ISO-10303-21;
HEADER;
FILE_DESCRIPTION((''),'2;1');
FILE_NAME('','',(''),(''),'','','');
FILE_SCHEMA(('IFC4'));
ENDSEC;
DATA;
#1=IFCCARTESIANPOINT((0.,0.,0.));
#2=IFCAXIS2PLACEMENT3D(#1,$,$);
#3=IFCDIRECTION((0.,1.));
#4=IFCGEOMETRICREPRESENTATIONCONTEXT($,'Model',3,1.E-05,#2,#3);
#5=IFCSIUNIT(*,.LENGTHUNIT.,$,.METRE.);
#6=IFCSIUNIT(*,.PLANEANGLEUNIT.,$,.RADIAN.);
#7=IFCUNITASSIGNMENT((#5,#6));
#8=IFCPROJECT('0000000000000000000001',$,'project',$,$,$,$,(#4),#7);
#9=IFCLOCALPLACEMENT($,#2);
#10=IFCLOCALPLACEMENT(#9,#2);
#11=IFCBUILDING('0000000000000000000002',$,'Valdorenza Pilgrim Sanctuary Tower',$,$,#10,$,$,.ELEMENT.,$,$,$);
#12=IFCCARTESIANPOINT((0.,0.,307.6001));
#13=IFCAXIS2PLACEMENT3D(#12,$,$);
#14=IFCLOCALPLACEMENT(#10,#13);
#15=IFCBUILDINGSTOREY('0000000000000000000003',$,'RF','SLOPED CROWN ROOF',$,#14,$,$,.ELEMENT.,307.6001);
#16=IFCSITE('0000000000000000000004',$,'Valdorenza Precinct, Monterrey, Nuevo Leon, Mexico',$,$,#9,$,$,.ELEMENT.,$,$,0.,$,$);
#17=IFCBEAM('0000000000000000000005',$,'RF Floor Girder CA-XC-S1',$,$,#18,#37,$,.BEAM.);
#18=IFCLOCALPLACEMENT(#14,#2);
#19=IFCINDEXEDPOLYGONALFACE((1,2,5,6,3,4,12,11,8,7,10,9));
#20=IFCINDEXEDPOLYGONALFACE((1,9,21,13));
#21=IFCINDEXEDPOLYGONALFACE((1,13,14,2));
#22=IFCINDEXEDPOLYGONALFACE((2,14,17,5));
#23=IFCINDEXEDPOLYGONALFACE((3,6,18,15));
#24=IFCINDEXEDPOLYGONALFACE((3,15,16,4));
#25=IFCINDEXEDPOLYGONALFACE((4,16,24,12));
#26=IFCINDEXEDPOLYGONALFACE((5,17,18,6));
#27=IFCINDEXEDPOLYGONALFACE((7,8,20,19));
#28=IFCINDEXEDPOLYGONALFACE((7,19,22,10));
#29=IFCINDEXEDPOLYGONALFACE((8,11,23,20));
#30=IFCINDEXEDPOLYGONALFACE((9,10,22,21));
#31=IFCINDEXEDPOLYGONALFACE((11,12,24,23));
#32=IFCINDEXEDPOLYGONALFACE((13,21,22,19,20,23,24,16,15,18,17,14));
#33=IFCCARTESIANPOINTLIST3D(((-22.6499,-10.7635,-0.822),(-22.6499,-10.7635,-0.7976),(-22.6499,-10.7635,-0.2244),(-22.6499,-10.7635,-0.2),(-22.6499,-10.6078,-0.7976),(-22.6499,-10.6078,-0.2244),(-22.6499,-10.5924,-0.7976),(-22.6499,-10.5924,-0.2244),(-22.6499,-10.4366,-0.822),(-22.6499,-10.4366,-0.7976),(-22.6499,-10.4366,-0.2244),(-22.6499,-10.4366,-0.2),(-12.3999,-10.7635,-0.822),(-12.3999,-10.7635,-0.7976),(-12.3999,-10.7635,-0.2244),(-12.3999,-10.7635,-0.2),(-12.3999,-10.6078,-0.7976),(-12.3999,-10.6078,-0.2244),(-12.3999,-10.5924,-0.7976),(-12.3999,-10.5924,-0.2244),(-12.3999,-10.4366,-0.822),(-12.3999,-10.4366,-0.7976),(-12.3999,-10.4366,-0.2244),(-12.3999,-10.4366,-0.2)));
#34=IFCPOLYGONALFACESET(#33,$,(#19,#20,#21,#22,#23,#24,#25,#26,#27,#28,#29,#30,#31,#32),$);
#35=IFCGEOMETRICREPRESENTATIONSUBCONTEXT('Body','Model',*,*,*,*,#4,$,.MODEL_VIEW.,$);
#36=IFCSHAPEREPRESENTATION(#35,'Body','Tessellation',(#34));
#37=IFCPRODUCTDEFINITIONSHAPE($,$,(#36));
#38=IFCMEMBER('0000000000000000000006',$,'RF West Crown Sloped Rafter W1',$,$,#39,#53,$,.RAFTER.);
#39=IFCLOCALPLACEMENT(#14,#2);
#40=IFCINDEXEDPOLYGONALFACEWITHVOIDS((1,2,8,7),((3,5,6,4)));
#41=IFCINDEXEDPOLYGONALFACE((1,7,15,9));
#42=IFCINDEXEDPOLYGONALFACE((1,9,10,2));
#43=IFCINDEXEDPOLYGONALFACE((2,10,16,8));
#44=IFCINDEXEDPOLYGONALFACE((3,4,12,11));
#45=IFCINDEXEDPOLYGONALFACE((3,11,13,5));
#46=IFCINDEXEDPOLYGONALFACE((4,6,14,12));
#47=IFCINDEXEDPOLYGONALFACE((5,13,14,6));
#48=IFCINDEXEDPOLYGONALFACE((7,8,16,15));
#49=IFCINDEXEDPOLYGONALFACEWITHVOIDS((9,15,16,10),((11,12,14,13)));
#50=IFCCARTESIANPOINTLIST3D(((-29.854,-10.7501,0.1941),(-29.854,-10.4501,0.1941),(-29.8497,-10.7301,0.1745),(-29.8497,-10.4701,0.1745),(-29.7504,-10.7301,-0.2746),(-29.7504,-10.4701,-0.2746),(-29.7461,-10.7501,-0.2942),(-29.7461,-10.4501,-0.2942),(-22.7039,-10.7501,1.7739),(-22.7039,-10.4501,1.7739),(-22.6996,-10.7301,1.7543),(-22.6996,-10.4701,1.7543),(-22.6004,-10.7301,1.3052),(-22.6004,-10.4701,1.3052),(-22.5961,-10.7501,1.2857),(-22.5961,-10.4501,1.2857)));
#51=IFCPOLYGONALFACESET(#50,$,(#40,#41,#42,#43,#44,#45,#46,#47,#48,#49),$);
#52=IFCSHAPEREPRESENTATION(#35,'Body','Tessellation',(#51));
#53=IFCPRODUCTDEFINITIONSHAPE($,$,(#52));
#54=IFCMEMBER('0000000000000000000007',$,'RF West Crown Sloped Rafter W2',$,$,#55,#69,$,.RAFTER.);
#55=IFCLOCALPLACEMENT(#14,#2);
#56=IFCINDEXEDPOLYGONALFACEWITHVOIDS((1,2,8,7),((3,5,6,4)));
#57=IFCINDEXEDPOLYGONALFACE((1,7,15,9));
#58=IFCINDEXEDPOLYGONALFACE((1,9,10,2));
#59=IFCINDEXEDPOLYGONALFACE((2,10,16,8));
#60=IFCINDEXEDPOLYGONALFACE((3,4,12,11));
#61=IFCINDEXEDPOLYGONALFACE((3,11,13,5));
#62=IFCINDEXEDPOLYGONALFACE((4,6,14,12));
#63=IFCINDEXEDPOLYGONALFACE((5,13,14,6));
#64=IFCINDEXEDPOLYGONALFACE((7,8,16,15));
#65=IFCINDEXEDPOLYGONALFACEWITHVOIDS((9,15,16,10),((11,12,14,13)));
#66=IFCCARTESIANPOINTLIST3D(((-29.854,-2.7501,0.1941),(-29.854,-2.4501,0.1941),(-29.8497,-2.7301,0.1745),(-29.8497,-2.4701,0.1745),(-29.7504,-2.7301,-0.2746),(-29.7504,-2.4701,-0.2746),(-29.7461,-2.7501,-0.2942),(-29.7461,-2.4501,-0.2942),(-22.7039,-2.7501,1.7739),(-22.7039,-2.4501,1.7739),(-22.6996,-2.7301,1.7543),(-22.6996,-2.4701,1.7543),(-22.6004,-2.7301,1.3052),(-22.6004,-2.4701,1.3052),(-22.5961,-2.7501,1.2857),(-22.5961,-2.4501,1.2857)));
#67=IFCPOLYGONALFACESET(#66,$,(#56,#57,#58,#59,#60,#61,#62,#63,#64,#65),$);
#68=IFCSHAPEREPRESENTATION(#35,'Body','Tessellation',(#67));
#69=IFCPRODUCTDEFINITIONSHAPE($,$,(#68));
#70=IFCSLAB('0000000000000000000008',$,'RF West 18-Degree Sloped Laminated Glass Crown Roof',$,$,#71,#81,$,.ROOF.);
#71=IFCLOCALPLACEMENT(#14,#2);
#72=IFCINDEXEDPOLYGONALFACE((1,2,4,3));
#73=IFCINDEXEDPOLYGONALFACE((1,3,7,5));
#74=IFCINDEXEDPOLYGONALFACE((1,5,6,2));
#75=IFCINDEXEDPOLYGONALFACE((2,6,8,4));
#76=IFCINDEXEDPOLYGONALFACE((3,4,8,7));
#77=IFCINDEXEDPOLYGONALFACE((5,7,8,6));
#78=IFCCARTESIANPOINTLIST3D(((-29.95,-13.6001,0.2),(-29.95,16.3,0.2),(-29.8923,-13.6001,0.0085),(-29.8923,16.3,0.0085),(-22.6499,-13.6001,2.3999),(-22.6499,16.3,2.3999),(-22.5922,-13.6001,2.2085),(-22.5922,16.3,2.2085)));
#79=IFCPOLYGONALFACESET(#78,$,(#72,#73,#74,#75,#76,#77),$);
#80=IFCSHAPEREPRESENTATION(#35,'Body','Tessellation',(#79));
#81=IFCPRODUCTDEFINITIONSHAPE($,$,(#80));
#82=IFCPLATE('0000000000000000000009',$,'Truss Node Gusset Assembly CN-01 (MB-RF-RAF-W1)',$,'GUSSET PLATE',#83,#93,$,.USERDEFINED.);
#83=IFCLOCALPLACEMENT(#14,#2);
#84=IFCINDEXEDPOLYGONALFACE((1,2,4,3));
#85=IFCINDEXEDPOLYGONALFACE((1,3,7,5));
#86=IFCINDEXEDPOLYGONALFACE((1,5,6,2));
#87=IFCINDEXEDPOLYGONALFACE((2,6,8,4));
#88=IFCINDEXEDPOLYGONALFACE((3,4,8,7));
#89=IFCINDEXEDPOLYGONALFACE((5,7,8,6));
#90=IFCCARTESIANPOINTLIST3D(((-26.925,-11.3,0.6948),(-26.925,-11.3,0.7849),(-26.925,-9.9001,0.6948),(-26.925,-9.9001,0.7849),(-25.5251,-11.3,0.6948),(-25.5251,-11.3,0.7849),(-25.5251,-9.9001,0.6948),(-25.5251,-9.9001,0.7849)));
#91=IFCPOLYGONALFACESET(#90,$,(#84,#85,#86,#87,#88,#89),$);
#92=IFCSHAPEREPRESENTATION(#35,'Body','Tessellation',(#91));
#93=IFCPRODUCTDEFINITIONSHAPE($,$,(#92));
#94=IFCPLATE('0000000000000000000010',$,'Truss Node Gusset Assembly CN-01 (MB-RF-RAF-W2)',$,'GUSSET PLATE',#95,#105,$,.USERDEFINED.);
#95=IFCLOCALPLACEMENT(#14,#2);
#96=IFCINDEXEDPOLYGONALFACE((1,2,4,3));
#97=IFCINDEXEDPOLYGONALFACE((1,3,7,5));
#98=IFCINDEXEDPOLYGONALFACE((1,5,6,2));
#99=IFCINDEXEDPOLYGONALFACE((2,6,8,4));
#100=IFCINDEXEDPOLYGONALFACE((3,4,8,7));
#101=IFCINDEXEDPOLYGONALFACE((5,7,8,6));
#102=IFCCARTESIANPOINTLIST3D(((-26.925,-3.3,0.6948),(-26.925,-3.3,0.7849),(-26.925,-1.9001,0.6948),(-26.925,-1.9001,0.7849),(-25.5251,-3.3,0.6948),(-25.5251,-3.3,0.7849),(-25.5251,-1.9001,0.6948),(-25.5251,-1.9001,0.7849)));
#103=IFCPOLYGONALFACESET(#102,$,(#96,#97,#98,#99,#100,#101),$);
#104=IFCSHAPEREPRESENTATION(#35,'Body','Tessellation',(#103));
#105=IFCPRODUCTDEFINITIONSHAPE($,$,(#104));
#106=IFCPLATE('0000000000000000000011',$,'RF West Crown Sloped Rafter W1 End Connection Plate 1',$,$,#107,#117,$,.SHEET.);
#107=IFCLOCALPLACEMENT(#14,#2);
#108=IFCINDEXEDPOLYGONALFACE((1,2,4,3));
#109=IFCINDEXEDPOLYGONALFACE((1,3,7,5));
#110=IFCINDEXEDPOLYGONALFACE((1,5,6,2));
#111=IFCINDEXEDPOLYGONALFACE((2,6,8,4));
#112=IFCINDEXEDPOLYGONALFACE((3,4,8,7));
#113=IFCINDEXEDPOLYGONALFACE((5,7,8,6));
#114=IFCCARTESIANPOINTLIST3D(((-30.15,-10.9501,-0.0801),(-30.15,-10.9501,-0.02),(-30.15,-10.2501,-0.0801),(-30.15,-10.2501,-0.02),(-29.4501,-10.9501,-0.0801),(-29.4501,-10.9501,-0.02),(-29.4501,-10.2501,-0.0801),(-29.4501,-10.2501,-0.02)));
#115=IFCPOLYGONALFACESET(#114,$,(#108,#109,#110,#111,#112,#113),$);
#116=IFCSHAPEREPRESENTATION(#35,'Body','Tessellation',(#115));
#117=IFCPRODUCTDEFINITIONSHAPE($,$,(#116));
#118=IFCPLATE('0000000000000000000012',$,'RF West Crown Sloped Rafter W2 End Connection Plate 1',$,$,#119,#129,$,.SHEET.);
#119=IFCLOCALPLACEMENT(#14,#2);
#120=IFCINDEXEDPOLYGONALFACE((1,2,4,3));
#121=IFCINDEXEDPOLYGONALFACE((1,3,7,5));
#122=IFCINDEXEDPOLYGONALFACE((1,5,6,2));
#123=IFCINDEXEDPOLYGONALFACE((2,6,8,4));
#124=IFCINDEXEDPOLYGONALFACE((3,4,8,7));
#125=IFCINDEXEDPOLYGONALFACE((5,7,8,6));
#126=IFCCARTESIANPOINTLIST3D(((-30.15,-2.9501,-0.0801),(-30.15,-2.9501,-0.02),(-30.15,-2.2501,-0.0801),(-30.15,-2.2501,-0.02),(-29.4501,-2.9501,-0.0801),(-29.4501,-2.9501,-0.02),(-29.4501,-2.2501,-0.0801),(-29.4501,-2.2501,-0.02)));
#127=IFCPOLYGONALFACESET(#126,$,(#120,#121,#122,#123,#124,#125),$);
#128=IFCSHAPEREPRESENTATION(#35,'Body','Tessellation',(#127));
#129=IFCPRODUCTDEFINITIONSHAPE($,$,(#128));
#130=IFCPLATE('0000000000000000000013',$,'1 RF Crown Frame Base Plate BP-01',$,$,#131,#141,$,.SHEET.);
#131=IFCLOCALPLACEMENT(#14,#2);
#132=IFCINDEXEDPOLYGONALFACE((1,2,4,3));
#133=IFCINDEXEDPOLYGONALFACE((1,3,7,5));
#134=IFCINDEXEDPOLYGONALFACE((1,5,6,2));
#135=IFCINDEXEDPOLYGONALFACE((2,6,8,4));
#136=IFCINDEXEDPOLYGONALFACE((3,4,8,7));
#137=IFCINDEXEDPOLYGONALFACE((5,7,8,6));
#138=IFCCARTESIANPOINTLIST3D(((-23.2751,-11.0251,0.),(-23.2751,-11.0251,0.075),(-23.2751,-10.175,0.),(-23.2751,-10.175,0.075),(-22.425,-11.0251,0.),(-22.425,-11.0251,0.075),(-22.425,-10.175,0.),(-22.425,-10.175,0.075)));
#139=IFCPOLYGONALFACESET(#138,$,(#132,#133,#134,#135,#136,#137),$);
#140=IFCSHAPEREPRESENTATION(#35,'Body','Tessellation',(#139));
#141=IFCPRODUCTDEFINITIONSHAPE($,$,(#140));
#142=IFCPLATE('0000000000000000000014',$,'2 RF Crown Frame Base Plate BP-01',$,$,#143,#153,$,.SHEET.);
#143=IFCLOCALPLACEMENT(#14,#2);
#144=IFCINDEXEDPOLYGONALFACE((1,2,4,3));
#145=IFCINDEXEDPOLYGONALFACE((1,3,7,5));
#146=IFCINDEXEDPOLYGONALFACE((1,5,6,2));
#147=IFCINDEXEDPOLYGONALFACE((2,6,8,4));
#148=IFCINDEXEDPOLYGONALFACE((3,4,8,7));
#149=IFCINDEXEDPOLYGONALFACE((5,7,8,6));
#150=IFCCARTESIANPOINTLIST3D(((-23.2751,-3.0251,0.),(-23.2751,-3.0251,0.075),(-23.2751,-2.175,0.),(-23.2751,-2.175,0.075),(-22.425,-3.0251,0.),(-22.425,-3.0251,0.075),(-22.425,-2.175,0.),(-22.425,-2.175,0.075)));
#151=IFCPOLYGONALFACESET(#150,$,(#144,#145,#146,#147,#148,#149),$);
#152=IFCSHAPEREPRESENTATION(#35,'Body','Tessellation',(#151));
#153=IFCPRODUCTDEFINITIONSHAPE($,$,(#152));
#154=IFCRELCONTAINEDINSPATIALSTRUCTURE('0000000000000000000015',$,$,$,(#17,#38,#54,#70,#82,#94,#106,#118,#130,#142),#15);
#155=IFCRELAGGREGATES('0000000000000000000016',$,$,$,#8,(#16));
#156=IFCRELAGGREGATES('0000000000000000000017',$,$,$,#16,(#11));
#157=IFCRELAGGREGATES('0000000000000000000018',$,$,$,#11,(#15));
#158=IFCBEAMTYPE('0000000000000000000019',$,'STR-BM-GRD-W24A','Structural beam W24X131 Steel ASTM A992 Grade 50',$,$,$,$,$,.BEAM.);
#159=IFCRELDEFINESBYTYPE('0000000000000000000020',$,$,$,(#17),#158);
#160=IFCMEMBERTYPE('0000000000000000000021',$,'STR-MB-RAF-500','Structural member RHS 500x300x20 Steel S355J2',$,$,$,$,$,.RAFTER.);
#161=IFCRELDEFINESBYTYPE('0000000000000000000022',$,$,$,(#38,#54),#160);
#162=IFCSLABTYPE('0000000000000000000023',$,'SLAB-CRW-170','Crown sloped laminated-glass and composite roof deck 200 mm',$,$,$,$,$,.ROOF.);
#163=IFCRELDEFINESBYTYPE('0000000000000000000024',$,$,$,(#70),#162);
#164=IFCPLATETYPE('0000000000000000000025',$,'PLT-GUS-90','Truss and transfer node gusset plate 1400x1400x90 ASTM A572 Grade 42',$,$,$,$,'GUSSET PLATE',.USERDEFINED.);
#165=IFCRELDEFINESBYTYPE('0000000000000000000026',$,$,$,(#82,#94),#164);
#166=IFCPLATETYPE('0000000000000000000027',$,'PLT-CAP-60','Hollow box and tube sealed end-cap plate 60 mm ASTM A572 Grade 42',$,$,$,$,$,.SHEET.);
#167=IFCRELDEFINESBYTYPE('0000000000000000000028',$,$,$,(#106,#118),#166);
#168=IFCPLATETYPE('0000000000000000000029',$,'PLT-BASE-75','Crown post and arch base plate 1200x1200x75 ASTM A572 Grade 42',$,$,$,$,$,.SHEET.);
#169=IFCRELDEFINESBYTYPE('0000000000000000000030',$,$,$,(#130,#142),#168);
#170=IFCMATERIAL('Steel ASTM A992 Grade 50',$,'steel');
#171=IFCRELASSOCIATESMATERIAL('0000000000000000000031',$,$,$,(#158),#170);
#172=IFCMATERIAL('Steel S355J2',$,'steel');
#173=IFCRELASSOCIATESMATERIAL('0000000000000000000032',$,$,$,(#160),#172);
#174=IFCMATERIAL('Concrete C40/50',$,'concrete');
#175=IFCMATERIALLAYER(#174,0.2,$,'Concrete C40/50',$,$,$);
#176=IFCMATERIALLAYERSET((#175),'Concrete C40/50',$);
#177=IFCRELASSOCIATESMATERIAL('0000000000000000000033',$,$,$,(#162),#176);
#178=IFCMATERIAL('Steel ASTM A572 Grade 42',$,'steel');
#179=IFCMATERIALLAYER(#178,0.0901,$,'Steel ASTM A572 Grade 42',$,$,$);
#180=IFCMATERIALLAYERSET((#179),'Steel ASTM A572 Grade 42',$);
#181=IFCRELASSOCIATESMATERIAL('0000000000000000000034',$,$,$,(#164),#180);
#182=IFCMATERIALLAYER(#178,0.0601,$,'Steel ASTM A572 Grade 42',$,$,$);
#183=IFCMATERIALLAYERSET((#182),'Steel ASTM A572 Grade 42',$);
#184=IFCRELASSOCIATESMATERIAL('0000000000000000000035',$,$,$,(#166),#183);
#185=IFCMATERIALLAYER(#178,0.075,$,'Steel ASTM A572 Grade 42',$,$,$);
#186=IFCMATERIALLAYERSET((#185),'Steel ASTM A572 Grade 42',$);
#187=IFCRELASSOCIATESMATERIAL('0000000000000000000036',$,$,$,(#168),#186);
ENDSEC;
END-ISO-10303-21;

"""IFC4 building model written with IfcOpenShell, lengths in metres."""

from ifc_helpers import new_model, si_unit, direction, frame, origin, origin_2d, place, context, subcontext, project, spatial, polyline, rectangle, hollow_rectangle, i_section, outline, extrude, source, transform, mapped, material, layer, layer_set, material_profile, profile_set, type_object, element, save


model = new_model("IFC4")

# Units and contexts
model_context = context("Model", 3, precision=1e-05, world=origin(), true_north=direction((0.0, 1.0)))
body_context = subcontext(model_context, "Body", "Model", "MODEL_VIEW")
ifc_project = project(units=[si_unit("LENGTHUNIT", "METRE"), si_unit("PLANEANGLEUNIT", "RADIAN")], contexts=[model_context])

# Site, building, storey
site_placement = place(None, origin())
site = spatial("IfcSite", under=ifc_project, at=site_placement, Name="Valdorenza Precinct, Monterrey, Nuevo Leon, Mexico", CompositionType="ELEMENT", RefElevation=0.0)
building_placement = place(site_placement, origin())
building = spatial("IfcBuilding", under=site, at=building_placement, Name="Valdorenza Pilgrim Sanctuary Tower", CompositionType="ELEMENT")
storey_placement = place(building_placement, frame((0.0, 0.0, 307.6001)))
storey = spatial("IfcBuildingStorey", under=building, at=storey_placement, Name="RF", Description="SLOPED CROWN ROOF", CompositionType="ELEMENT", Elevation=307.6001)

# Shared definitions
ifc_material_1 = material(Name="Steel ASTM A992 Grade 50", Category="steel")

# Beam
ifc_material_profile_1 = material_profile(ifc_material_1, i_section(OverallWidth=0.3269, OverallDepth=0.6221, WebThickness=0.0154, FlangeThickness=0.0244, at=origin_2d()), Name="W24X131")
ifc_profile_set_1 = profile_set([ifc_material_profile_1], Name="Steel ASTM A992 Grade 50")
beam_type_1 = type_object("IfcBeamType", Name="STR-BM-GRD-W24A", Description="Structural beam W24X131 Steel ASTM A992 Grade 50", PredefinedType="BEAM", material=ifc_profile_set_1)
shared_shape_1 = source(origin(), body_context, "Body", "SweptSolid", [
    extrude(i_section(OverallWidth=0.3269, OverallDepth=0.6221, WebThickness=0.0154, FlangeThickness=0.0244, at=origin_2d()), origin(), (0.0, 0.0, 1.0), 10.25),
])
beam_1_placement = place(storey_placement, frame((-22.6499, -10.6001, -0.511), z_axis=(1.0, 0.0, 0.0), x_axis=(0.0, 1.0, 0.0)))
element("IfcBeam", 1, at=beam_1_placement, inside=storey, type_object=beam_type_1, Name="RF Floor Girder CA-XC-S1", PredefinedType="BEAM", context=body_context, shape_type="MappedRepresentation", body=[
    mapped(shared_shape_1, transform((0.0, 0.0, 0.0), x_axis=(1.0, 0.0, 0.0), y_axis=(0.0, 1.0, 0.0), z_axis=(0.0, 0.0, 1.0), scale=1.0)),
])

# Members
ifc_material_2 = material(Name="Steel S355J2", Category="steel")
ifc_material_profile_2 = material_profile(ifc_material_2, hollow_rectangle(XDim=0.3, YDim=0.5, WallThickness=0.02, at=origin_2d()), Name="RHS 500x300x20")
ifc_profile_set_2 = profile_set([ifc_material_profile_2], Name="Steel S355J2")
member_type = type_object("IfcMemberType", Name="STR-MB-RAF-500", Description="Structural member RHS 500x300x20 Steel S355J2", PredefinedType="RAFTER", material=ifc_profile_set_2)
shared_shape_2 = source(origin(), body_context, "Body", "SweptSolid", [
    extrude(hollow_rectangle(XDim=0.3, YDim=0.5, WallThickness=0.02, at=origin_2d()), origin(), (0.0, 0.0, 1.0), 7.3225),
])
for number, where, z_axis, x_axis, name in (
    (2, (-29.8, -10.6001, -0.05), (0.976449, 0.0, 0.215748), (0.0, 1.0, 0.0), "RF West Crown Sloped Rafter W1"),
    (3, (-29.8, -2.6001, -0.05), (0.976449, 0.0, 0.215748), (0.0, 1.0, 0.0), "RF West Crown Sloped Rafter W2"),
):
    element("IfcMember", number, at=place(storey_placement, frame(where, z_axis=z_axis, x_axis=x_axis)), inside=storey, type_object=member_type, Name=name, PredefinedType="RAFTER", context=body_context, shape_type="MappedRepresentation", body=[
        mapped(shared_shape_2, transform((0.0, 0.0, 0.0), x_axis=(1.0, 0.0, 0.0), y_axis=(0.0, 1.0, 0.0), z_axis=(0.0, 0.0, 1.0), scale=1.0)),
    ])

# Slab
ifc_material_3 = material(Name="Concrete C40/50", Category="concrete")
ifc_layer_1 = layer(ifc_material_3, 0.2, Name="Concrete C40/50")
ifc_layer_set_1 = layer_set([ifc_layer_1], Name="Concrete C40/50")
slab_type = type_object("IfcSlabType", Name="SLAB-CRW-170", Description="Crown sloped laminated-glass and composite roof deck 200 mm", PredefinedType="ROOF", material=ifc_layer_set_1)
slab_placement = place(storey_placement, frame((-29.95, -13.6001, 0.2), z_axis=(-0.288543, 0.0, 0.957467), x_axis=(0.957467, 0.0, 0.288543)))
element("IfcSlab", 4, at=slab_placement, inside=storey, type_object=slab_type, Name="RF West 18-Degree Sloped Laminated Glass Crown Roof", PredefinedType="ROOF", context=body_context, shape_type="SweptSolid", body=[
    extrude(outline(polyline([(0.0, 0.0), (7.6243, 0.0), (7.6243, 29.9001), (0.0, 29.9001), (0.0, 0.0)])), origin(), (0.0, 0.0, -1.0), 0.2),
])

# Plates
ifc_material_4 = material(Name="Steel ASTM A572 Grade 42", Category="steel")
ifc_layer_2 = layer(ifc_material_4, 0.0901, Name="Steel ASTM A572 Grade 42")
ifc_layer_set_2 = layer_set([ifc_layer_2], Name="Steel ASTM A572 Grade 42")
plate_type_1 = type_object("IfcPlateType", Name="PLT-GUS-90", Description="Truss and transfer node gusset plate 1400x1400x90 ASTM A572 Grade 42", ElementType="GUSSET PLATE", PredefinedType="USERDEFINED", material=ifc_layer_set_2)
shared_shape_3 = source(origin(), body_context, "Body", "SweptSolid", [
    extrude(rectangle(XDim=1.3999, YDim=1.3999, at=origin_2d()), origin(), (0.0, 0.0, 1.0), 0.0901),
])
for number, where, z_axis, x_axis, name in (
    (5, (-26.2251, -10.6001, 0.6948), (0.0, 0.0, 1.0), (1.0, 0.0, 0.0), "Truss Node Gusset Assembly CN-01 (MB-RF-RAF-W1)"),
    (6, (-26.2251, -2.6001, 0.6948), (0.0, 0.0, 1.0), (1.0, 0.0, 0.0), "Truss Node Gusset Assembly CN-01 (MB-RF-RAF-W2)"),
):
    element("IfcPlate", number, at=place(storey_placement, frame(where, z_axis=z_axis, x_axis=x_axis)), inside=storey, type_object=plate_type_1, Name=name, ObjectType="GUSSET PLATE", PredefinedType="USERDEFINED", context=body_context, shape_type="MappedRepresentation", body=[
        mapped(shared_shape_3, transform((0.0, 0.0, 0.0), x_axis=(1.0, 0.0, 0.0), y_axis=(0.0, 1.0, 0.0), z_axis=(0.0, 0.0, 1.0), scale=1.0)),
    ])
ifc_layer_3 = layer(ifc_material_4, 0.0601, Name="Steel ASTM A572 Grade 42")
ifc_layer_set_3 = layer_set([ifc_layer_3], Name="Steel ASTM A572 Grade 42")
plate_type_2 = type_object("IfcPlateType", Name="PLT-CAP-60", Description="Hollow box and tube sealed end-cap plate 60 mm ASTM A572 Grade 42", PredefinedType="SHEET", material=ifc_layer_set_3)
shared_shape_4 = source(origin(), body_context, "Body", "SweptSolid", [
    extrude(rectangle(XDim=0.7, YDim=0.7, at=origin_2d()), origin(), (0.0, 0.0, 1.0), 0.0601),
])
for number, where, z_axis, x_axis, name in (
    (7, (-29.8, -10.6001, -0.0801), (0.0, 0.0, 1.0), (1.0, 0.0, 0.0), "RF West Crown Sloped Rafter W1 End Connection Plate 1"),
    (8, (-29.8, -2.6001, -0.0801), (0.0, 0.0, 1.0), (1.0, 0.0, 0.0), "RF West Crown Sloped Rafter W2 End Connection Plate 1"),
):
    element("IfcPlate", number, at=place(storey_placement, frame(where, z_axis=z_axis, x_axis=x_axis)), inside=storey, type_object=plate_type_2, Name=name, PredefinedType="SHEET", context=body_context, shape_type="MappedRepresentation", body=[
        mapped(shared_shape_4, transform((0.0, 0.0, 0.0), x_axis=(1.0, 0.0, 0.0), y_axis=(0.0, 1.0, 0.0), z_axis=(0.0, 0.0, 1.0), scale=1.0)),
    ])
ifc_layer_4 = layer(ifc_material_4, 0.075, Name="Steel ASTM A572 Grade 42")
ifc_layer_set_4 = layer_set([ifc_layer_4], Name="Steel ASTM A572 Grade 42")
plate_type_3 = type_object("IfcPlateType", Name="PLT-BASE-75", Description="Crown post and arch base plate 1200x1200x75 ASTM A572 Grade 42", PredefinedType="SHEET", material=ifc_layer_set_4)
shared_shape_5 = source(origin(), body_context, "Body", "SweptSolid", [
    extrude(rectangle(XDim=0.8501, YDim=0.8501, at=origin_2d()), origin(), (0.0, 0.0, 1.0), 0.075),
])
for number, where, z_axis, x_axis, name in (
    (9, (-22.8501, -10.6001, 0.0), (0.0, 0.0, 1.0), (1.0, 0.0, 0.0), "1 RF Crown Frame Base Plate BP-01"),
    (10, (-22.8501, -2.6001, 0.0), (0.0, 0.0, 1.0), (1.0, 0.0, 0.0), "2 RF Crown Frame Base Plate BP-01"),
):
    element("IfcPlate", number, at=place(storey_placement, frame(where, z_axis=z_axis, x_axis=x_axis)), inside=storey, type_object=plate_type_3, Name=name, PredefinedType="SHEET", context=body_context, shape_type="MappedRepresentation", body=[
        mapped(shared_shape_5, transform((0.0, 0.0, 0.0), x_axis=(1.0, 0.0, 0.0), y_axis=(0.0, 1.0, 0.0), z_axis=(0.0, 0.0, 1.0), scale=1.0)),
    ])

save(model, "model.ifc")
